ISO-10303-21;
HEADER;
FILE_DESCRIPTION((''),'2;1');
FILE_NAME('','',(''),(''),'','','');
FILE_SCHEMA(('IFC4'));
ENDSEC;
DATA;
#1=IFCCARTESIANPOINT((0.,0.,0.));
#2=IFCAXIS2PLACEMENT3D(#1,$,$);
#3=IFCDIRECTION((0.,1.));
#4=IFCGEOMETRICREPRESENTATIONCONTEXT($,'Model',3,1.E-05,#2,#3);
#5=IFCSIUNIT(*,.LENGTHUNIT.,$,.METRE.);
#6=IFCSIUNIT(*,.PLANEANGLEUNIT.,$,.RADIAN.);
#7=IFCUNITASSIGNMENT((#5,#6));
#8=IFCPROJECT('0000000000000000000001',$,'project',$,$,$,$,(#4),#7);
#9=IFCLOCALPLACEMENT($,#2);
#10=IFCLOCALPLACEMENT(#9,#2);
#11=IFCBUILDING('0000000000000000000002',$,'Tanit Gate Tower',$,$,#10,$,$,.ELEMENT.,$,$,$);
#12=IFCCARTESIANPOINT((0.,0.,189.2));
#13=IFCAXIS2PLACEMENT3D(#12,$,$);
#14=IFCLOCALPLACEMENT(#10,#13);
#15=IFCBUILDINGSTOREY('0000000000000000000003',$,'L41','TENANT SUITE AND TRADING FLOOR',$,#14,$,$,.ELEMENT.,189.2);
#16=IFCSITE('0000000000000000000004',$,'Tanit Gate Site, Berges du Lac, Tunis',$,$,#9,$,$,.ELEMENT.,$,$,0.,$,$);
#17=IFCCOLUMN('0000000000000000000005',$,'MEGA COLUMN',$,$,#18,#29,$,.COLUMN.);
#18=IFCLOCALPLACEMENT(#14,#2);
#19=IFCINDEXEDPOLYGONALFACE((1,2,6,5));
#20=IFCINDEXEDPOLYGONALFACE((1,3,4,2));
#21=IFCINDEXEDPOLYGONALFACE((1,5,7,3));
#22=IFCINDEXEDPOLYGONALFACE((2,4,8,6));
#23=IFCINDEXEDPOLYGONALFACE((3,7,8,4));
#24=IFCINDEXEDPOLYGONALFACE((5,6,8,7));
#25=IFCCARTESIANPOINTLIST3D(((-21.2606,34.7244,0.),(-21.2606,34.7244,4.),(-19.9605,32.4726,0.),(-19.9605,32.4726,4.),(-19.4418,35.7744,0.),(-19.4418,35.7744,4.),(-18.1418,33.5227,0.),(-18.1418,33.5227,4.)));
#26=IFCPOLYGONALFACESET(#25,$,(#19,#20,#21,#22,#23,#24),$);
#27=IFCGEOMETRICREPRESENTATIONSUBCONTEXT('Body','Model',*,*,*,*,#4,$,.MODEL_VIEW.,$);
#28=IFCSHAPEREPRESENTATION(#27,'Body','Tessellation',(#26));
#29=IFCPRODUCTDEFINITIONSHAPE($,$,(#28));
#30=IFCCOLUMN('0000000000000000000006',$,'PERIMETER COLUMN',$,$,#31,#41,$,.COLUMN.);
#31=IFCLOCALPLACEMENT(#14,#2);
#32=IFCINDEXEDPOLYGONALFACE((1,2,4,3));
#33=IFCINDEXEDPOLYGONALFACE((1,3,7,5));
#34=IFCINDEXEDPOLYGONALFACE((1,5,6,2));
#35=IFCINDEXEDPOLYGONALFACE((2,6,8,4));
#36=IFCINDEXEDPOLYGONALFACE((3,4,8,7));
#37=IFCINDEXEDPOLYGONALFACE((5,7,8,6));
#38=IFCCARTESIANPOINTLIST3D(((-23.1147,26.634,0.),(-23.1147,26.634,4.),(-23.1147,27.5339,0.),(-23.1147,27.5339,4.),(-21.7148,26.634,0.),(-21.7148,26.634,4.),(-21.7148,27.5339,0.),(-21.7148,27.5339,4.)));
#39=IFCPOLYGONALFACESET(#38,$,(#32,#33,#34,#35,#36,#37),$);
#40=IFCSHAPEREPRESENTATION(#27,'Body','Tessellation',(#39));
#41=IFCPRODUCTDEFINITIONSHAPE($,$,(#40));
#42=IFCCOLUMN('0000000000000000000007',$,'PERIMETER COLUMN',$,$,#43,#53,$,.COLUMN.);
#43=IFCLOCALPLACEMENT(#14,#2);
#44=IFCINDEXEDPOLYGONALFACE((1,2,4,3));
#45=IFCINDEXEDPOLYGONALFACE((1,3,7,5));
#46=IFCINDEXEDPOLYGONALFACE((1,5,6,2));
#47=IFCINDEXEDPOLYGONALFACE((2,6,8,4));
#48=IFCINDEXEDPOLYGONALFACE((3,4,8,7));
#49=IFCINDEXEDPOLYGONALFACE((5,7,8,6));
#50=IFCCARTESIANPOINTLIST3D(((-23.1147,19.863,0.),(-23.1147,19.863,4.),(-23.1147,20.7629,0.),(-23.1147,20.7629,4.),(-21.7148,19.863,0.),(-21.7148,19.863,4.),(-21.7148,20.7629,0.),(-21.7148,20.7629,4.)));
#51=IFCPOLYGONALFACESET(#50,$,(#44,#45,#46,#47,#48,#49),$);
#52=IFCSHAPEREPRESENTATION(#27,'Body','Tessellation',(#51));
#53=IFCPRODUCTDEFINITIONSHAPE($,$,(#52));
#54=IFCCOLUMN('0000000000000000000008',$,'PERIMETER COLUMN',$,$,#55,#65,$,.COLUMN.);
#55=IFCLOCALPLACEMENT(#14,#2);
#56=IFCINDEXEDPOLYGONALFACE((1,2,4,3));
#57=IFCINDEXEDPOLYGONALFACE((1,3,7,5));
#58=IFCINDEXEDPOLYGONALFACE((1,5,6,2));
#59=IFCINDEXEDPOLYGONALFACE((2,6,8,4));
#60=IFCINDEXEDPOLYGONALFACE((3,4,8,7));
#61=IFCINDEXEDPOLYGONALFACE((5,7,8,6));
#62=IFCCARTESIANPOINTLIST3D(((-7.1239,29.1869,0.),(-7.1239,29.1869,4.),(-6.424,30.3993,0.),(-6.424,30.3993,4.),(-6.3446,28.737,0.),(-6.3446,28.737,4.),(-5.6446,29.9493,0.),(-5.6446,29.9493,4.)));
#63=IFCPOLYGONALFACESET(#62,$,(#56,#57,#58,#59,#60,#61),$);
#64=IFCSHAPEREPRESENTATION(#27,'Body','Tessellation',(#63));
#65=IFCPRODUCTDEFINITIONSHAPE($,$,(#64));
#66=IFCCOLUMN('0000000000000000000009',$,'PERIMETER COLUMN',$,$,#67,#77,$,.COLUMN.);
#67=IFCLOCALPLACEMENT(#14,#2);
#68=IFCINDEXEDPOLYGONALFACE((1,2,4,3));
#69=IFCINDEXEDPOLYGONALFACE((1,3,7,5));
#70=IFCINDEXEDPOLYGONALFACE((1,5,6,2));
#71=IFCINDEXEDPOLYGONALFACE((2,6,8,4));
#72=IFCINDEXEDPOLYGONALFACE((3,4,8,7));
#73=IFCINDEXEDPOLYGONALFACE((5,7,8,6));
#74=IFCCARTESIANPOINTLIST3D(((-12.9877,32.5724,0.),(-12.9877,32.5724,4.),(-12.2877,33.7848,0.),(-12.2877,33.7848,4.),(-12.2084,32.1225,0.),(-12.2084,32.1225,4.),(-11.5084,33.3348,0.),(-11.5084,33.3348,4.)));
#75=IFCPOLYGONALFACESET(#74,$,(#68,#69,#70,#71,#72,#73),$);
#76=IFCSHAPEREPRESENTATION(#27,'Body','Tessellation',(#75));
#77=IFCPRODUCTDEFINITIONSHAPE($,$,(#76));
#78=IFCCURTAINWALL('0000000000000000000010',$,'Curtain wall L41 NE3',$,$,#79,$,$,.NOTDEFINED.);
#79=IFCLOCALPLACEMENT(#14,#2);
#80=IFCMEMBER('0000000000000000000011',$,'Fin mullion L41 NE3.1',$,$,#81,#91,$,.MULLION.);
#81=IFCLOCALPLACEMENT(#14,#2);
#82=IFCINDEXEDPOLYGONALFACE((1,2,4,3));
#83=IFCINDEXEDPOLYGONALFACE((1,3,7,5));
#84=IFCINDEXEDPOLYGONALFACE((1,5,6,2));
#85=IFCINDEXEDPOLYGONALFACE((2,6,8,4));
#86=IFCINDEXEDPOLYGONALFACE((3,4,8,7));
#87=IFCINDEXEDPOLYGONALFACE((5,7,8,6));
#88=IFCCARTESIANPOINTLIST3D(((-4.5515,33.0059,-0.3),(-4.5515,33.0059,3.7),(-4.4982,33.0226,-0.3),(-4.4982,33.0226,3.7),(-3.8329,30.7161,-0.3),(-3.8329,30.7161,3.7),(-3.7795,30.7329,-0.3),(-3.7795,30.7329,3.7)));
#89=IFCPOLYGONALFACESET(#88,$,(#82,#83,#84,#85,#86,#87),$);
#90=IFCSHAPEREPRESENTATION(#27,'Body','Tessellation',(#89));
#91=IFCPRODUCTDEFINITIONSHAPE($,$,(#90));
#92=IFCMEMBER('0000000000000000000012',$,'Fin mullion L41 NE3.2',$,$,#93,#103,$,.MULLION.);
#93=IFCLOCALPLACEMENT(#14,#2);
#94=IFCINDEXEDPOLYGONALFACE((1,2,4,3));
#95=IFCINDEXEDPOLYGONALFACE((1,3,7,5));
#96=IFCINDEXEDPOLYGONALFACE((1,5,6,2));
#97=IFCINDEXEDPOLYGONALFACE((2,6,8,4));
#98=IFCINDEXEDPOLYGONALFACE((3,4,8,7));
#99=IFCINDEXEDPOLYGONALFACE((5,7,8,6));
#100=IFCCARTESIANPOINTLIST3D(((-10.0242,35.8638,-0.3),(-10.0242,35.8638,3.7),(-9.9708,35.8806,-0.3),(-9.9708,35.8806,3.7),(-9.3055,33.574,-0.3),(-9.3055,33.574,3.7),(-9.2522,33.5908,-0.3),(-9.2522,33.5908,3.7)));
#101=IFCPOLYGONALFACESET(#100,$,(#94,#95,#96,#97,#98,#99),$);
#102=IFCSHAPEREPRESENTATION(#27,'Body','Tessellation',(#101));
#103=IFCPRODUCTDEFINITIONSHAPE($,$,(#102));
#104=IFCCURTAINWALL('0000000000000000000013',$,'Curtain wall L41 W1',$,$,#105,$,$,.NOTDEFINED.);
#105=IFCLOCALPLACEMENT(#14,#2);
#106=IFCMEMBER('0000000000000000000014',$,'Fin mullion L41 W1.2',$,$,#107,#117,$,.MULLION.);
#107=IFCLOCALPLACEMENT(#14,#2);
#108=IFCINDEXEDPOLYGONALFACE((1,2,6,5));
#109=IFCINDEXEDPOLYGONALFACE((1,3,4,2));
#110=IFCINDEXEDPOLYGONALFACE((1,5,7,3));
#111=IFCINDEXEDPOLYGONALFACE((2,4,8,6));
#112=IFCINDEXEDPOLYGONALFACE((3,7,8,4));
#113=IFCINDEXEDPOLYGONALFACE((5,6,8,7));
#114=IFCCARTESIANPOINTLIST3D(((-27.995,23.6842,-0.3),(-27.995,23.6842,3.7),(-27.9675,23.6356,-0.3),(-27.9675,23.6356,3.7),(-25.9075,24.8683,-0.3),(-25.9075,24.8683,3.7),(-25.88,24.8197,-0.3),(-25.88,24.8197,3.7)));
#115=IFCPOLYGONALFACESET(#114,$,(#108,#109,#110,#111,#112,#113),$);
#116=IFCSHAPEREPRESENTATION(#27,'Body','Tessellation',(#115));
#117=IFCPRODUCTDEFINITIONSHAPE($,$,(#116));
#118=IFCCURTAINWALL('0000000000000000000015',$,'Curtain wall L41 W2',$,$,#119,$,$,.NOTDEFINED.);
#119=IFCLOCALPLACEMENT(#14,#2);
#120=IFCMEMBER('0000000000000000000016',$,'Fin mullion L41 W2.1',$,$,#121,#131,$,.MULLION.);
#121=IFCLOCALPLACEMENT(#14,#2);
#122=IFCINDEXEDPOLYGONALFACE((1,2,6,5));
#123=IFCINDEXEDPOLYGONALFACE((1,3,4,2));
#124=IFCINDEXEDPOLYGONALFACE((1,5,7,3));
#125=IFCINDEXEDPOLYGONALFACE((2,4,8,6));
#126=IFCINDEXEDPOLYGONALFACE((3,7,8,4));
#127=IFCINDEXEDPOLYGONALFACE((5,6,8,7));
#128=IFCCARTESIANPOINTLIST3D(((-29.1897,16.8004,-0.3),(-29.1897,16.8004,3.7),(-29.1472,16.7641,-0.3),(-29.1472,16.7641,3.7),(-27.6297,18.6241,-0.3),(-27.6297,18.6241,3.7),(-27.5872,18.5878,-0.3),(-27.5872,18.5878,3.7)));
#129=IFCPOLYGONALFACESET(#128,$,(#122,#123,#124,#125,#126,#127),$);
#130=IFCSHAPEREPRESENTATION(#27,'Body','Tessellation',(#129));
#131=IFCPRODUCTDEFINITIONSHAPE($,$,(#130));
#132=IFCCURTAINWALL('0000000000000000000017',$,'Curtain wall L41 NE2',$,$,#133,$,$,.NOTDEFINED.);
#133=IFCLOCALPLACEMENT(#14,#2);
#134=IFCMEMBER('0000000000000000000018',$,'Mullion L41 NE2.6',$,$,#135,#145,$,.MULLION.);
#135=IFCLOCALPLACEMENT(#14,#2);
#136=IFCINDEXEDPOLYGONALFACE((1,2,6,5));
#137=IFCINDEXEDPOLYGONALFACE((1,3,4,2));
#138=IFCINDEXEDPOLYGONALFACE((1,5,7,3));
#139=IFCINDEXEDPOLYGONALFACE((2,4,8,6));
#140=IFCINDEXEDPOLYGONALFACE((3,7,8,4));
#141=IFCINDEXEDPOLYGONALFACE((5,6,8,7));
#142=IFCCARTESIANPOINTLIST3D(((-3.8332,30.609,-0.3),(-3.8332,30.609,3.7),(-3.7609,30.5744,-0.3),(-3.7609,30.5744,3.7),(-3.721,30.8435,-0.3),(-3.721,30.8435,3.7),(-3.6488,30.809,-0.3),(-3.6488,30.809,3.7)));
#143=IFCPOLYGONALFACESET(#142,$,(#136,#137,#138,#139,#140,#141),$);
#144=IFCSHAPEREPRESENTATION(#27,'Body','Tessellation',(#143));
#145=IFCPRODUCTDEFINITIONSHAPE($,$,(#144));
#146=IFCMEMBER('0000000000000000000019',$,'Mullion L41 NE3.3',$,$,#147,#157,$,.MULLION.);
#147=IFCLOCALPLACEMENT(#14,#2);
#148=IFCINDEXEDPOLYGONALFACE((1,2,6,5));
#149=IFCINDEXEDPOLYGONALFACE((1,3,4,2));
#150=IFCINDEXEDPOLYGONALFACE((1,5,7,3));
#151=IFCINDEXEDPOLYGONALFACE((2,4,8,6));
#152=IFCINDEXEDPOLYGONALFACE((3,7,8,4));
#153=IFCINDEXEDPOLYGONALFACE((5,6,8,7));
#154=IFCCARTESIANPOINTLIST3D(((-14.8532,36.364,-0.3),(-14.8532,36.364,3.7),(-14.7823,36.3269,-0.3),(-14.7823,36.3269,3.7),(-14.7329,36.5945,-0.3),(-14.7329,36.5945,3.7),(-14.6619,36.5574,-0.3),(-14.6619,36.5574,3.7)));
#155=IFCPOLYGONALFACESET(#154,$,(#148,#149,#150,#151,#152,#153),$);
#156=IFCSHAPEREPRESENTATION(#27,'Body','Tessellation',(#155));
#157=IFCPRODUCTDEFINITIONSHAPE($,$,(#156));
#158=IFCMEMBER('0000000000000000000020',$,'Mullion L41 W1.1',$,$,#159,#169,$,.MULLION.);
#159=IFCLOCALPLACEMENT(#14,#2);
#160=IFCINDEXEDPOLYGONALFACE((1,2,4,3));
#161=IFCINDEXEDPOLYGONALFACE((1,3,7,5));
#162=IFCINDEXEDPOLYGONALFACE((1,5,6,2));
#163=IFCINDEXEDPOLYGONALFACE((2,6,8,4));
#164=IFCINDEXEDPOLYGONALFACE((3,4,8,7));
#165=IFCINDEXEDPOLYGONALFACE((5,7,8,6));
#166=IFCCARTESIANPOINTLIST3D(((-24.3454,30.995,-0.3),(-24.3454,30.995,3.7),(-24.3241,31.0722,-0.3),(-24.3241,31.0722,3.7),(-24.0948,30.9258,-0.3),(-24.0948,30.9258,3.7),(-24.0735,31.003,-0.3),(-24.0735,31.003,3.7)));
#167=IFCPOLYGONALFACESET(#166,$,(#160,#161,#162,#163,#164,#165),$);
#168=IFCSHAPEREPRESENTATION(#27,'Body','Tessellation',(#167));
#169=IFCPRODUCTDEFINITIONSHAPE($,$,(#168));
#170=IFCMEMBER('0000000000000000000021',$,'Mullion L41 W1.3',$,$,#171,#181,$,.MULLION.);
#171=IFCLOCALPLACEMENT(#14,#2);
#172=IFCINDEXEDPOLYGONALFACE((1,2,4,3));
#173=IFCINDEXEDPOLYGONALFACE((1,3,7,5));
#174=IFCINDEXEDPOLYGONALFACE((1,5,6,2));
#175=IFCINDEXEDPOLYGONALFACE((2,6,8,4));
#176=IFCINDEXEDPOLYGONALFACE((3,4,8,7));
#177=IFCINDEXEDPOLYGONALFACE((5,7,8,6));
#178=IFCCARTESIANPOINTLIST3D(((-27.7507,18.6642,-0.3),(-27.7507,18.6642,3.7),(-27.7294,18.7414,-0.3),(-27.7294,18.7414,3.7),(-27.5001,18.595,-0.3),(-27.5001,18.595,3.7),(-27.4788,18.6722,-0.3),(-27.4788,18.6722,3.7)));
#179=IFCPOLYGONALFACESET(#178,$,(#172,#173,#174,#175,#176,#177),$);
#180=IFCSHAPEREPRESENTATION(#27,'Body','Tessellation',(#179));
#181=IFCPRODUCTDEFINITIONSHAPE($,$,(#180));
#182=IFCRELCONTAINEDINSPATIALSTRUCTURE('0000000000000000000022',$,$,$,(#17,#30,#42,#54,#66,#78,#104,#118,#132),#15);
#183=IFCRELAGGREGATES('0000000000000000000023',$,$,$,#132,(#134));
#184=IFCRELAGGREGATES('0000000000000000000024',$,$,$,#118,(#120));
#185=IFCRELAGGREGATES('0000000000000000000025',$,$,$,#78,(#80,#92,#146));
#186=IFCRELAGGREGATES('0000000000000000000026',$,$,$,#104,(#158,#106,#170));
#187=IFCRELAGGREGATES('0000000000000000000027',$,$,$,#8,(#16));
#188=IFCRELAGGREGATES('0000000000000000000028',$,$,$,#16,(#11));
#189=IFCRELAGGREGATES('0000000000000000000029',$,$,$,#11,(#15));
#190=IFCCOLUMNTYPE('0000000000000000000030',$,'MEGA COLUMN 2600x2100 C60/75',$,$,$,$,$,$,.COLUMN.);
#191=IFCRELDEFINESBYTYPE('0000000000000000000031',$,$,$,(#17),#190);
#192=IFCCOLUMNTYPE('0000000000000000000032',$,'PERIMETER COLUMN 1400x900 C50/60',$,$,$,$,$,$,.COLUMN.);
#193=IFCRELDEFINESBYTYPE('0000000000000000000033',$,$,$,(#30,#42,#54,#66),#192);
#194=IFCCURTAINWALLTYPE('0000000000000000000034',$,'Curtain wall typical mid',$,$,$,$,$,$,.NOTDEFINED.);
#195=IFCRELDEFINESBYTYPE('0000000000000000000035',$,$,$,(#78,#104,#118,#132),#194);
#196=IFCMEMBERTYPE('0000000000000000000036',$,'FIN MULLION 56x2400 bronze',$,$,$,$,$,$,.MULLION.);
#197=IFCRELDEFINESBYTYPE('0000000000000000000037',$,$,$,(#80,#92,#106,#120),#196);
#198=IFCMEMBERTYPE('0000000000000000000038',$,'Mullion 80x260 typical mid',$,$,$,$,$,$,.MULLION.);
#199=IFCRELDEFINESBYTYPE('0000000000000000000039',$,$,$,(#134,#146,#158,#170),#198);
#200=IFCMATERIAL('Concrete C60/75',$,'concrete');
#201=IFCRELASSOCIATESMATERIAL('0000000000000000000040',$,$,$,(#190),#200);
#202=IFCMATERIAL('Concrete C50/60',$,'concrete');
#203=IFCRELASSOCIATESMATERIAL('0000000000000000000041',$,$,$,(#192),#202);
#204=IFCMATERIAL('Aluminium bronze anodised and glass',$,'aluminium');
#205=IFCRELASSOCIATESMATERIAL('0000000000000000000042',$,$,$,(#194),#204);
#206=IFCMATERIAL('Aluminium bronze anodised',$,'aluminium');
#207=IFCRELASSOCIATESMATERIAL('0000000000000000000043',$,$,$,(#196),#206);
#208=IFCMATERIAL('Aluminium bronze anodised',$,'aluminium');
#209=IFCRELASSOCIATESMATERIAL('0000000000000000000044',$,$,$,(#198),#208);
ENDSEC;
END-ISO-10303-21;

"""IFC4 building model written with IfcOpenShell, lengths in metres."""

from ifc_helpers import new_model, si_unit, direction, frame, origin, origin_2d, place, context, subcontext, project, spatial, rectangle, extrude, material, material_profile, profile_set, type_object, element, aggregate, save


model = new_model("IFC4")

# Units and contexts
model_context = context("Model", 3, precision=1e-05, world=origin(), true_north=direction((0.0, 1.0)))
body_context = subcontext(model_context, "Body", "Model", "MODEL_VIEW")
ifc_project = project(units=[si_unit("LENGTHUNIT", "METRE"), si_unit("PLANEANGLEUNIT", "RADIAN")], contexts=[model_context])

# Site, building, storey
site_placement = place(None, origin())
site = spatial("IfcSite", under=ifc_project, at=site_placement, Name="Tanit Gate Site, Berges du Lac, Tunis", CompositionType="ELEMENT", RefElevation=0.0)
building_placement = place(site_placement, origin())
building = spatial("IfcBuilding", under=site, at=building_placement, Name="Tanit Gate Tower", CompositionType="ELEMENT")
storey_placement = place(building_placement, frame((0.0, 0.0, 189.2)))
storey = spatial("IfcBuildingStorey", under=building, at=storey_placement, Name="L41", Description="TENANT SUITE AND TRADING FLOOR", CompositionType="ELEMENT", Elevation=189.2)

# Columns
ifc_material_1 = material(Name="Concrete C60/75", Category="concrete")
ifc_material_profile_1 = material_profile(ifc_material_1, rectangle(XDim=2.6001, YDim=2.1001, at=origin_2d()), Name="RC 2600x2100")
ifc_profile_set_1 = profile_set([ifc_material_profile_1], Name="Concrete C60/75")
column_type_1 = type_object("IfcColumnType", Name="MEGA COLUMN 2600x2100 C60/75", PredefinedType="COLUMN", material=ifc_profile_set_1)
column_placement = place(storey_placement, frame((-19.7012, 34.1235, 0.0), z_axis=(0.0, 0.0, 1.0), x_axis=(-0.5, 0.866025, 0.0)))
element("IfcColumn", 1, at=column_placement, inside=storey, type_object=column_type_1, Name="MEGA COLUMN", PredefinedType="COLUMN", context=body_context, shape_type="SweptSolid", body=[
    extrude(rectangle(XDim=2.6001, YDim=2.1001, at=origin_2d()), origin(), (0.0, 0.0, 1.0), 4.0),
])
ifc_material_2 = material(Name="Concrete C50/60", Category="concrete")
ifc_material_profile_2 = material_profile(ifc_material_2, rectangle(XDim=1.3999, YDim=0.8999, at=origin_2d()), Name="RC 1400x900")
ifc_profile_set_2 = profile_set([ifc_material_profile_2], Name="Concrete C50/60")
column_type_2 = type_object("IfcColumnType", Name="PERIMETER COLUMN 1400x900 C50/60", PredefinedType="COLUMN", material=ifc_profile_set_2)
for number, where, z_axis, x_axis, name in (
    (2, (-22.4148, 27.084, 0.0), (0.0, 0.0, 1.0), (-1.0, 0.0, 0.0), "PERIMETER COLUMN"),
    (3, (-22.4148, 20.313, 0.0), (0.0, 0.0, 1.0), (-1.0, 0.0, 0.0), "PERIMETER COLUMN"),
    (4, (-6.3843, 29.5681, 0.0), (0.0, 0.0, 1.0), (0.5, 0.866025, 0.0), "PERIMETER COLUMN"),
    (5, (-12.248, 32.9536, 0.0), (0.0, 0.0, 1.0), (0.5, 0.866025, 0.0), "PERIMETER COLUMN"),
):
    element("IfcColumn", number, at=place(storey_placement, frame(where, z_axis=z_axis, x_axis=x_axis)), inside=storey, type_object=column_type_2, Name=name, PredefinedType="COLUMN", context=body_context, shape_type="SweptSolid", body=[
        extrude(rectangle(XDim=1.3999, YDim=0.8999, at=origin_2d()), origin(), (0.0, 0.0, 1.0), 4.0),
    ])

# Curtain wall, members
ifc_material_3 = material(Name="Aluminium bronze anodised and glass", Category="aluminium")
curtain_wall_type = type_object("IfcCurtainWallType", Name="Curtain wall typical mid", PredefinedType="NOTDEFINED", material=ifc_material_3)
curtain_wall_1_placement = place(storey_placement, origin())
curtain_wall_1 = element("IfcCurtainWall", 6, at=curtain_wall_1_placement, inside=storey, type_object=curtain_wall_type, Name="Curtain wall L41 NE3", PredefinedType="NOTDEFINED")
ifc_material_4 = material(Name="Aluminium bronze anodised", Category="aluminium")
ifc_material_profile_3 = material_profile(ifc_material_4, rectangle(XDim=2.3999, YDim=0.0559, at=origin_2d()), Name="56x2400 bronze fin mullion")
ifc_profile_set_3 = profile_set([ifc_material_profile_3], Name="Aluminium bronze anodised")
member_type_1 = type_object("IfcMemberType", Name="FIN MULLION 56x2400 bronze", PredefinedType="MULLION", material=ifc_profile_set_3)
member_1_placement = place(storey_placement, frame((-4.1655, 31.8694, -0.3), z_axis=(0.0, 0.0, 1.0), x_axis=(0.299452, -0.954111, 0.0)))
member_1 = element("IfcMember", 7, at=member_1_placement, type_object=member_type_1, Name="Fin mullion L41 NE3.1", PredefinedType="MULLION", context=body_context, shape_type="SweptSolid", body=[
    extrude(rectangle(XDim=2.3999, YDim=0.0559, at=origin_2d()), origin(), (0.0, 0.0, 1.0), 4.0),
])
member_2_placement = place(storey_placement, frame((-9.6382, 34.7273, -0.3), z_axis=(0.0, 0.0, 1.0), x_axis=(0.299452, -0.954111, 0.0)))
member_2 = element("IfcMember", 8, at=member_2_placement, type_object=member_type_1, Name="Fin mullion L41 NE3.2", PredefinedType="MULLION", context=body_context, shape_type="SweptSolid", body=[
    extrude(rectangle(XDim=2.3999, YDim=0.0559, at=origin_2d()), origin(), (0.0, 0.0, 1.0), 4.0),
])

# Curtain walls, members
curtain_wall_2_placement = place(storey_placement, origin())
curtain_wall_2 = element("IfcCurtainWall", 9, at=curtain_wall_2_placement, inside=storey, type_object=curtain_wall_type, Name="Curtain wall L41 W1", PredefinedType="NOTDEFINED")
member_3_placement = place(storey_placement, frame((-26.9375, 24.252, -0.3), z_axis=(0.0, 0.0, 1.0), x_axis=(0.86982, 0.493369, 0.0)))
member_3 = element("IfcMember", 10, at=member_3_placement, type_object=member_type_1, Name="Fin mullion L41 W1.2", PredefinedType="MULLION", context=body_context, shape_type="SweptSolid", body=[
    extrude(rectangle(XDim=2.3999, YDim=0.0559, at=origin_2d()), origin(), (0.0, 0.0, 1.0), 4.0),
])
curtain_wall_3_placement = place(storey_placement, origin())
curtain_wall_3 = element("IfcCurtainWall", 11, at=curtain_wall_3_placement, inside=storey, type_object=curtain_wall_type, Name="Curtain wall L41 W2", PredefinedType="NOTDEFINED")
member_4_placement = place(storey_placement, frame((-28.3884, 17.6941, -0.3), z_axis=(0.0, 0.0, 1.0), x_axis=(0.650026, 0.759912, 0.0)))
member_4 = element("IfcMember", 12, at=member_4_placement, type_object=member_type_1, Name="Fin mullion L41 W2.1", PredefinedType="MULLION", context=body_context, shape_type="SweptSolid", body=[
    extrude(rectangle(XDim=2.3999, YDim=0.0559, at=origin_2d()), origin(), (0.0, 0.0, 1.0), 4.0),
])
curtain_wall_4_placement = place(storey_placement, origin())
curtain_wall_4 = element("IfcCurtainWall", 13, at=curtain_wall_4_placement, inside=storey, type_object=curtain_wall_type, Name="Curtain wall L41 NE2", PredefinedType="NOTDEFINED")
ifc_material_5 = material(Name="Aluminium bronze anodised", Category="aluminium")
ifc_material_profile_4 = material_profile(ifc_material_5, rectangle(XDim=0.26, YDim=0.0801, at=origin_2d()), Name="80x260 bronze mullion")
ifc_profile_set_4 = profile_set([ifc_material_profile_4], Name="Aluminium bronze anodised")
member_type_2 = type_object("IfcMemberType", Name="Mullion 80x260 typical mid", PredefinedType="MULLION", material=ifc_profile_set_4)
member_5_placement = place(storey_placement, frame((-3.741, 30.709, -0.3), z_axis=(0.0, 0.0, 1.0), x_axis=(-0.431197, -0.902258, 0.0)))
member_5 = element("IfcMember", 14, at=member_5_placement, type_object=member_type_2, Name="Mullion L41 NE2.6", PredefinedType="MULLION", context=body_context, shape_type="SweptSolid", body=[
    extrude(rectangle(XDim=0.26, YDim=0.0801, at=origin_2d()), origin(), (0.0, 0.0, 1.0), 4.0),
])
aggregate(curtain_wall_4, [member_5])

# Members
member_6_placement = place(storey_placement, frame((-14.7576, 36.4607, -0.3), z_axis=(0.0, 0.0, 1.0), x_axis=(-0.462914, -0.886403, 0.0)))
member_6 = element("IfcMember", 15, at=member_6_placement, type_object=member_type_2, Name="Mullion L41 NE3.3", PredefinedType="MULLION", context=body_context, shape_type="SweptSolid", body=[
    extrude(rectangle(XDim=0.26, YDim=0.0801, at=origin_2d()), origin(), (0.0, 0.0, 1.0), 4.0),
])
member_7_placement = place(storey_placement, frame((-24.2095, 30.999, -0.3), z_axis=(0.0, 0.0, 1.0), x_axis=(0.96392, -0.266191, 0.0)))
member_7 = element("IfcMember", 16, at=member_7_placement, type_object=member_type_2, Name="Mullion L41 W1.1", PredefinedType="MULLION", context=body_context, shape_type="SweptSolid", body=[
    extrude(rectangle(XDim=0.26, YDim=0.0801, at=origin_2d()), origin(), (0.0, 0.0, 1.0), 4.0),
])
member_8_placement = place(storey_placement, frame((-27.6147, 18.6682, -0.3), z_axis=(0.0, 0.0, 1.0), x_axis=(0.96392, -0.266191, 0.0)))
member_8 = element("IfcMember", 17, at=member_8_placement, type_object=member_type_2, Name="Mullion L41 W1.3", PredefinedType="MULLION", context=body_context, shape_type="SweptSolid", body=[
    extrude(rectangle(XDim=0.26, YDim=0.0801, at=origin_2d()), origin(), (0.0, 0.0, 1.0), 4.0),
])

aggregate(curtain_wall_3, [member_4])

aggregate(curtain_wall_1, [member_1, member_2, member_6])
aggregate(curtain_wall_2, [member_7, member_3, member_8])

save(model, "model.ifc")
